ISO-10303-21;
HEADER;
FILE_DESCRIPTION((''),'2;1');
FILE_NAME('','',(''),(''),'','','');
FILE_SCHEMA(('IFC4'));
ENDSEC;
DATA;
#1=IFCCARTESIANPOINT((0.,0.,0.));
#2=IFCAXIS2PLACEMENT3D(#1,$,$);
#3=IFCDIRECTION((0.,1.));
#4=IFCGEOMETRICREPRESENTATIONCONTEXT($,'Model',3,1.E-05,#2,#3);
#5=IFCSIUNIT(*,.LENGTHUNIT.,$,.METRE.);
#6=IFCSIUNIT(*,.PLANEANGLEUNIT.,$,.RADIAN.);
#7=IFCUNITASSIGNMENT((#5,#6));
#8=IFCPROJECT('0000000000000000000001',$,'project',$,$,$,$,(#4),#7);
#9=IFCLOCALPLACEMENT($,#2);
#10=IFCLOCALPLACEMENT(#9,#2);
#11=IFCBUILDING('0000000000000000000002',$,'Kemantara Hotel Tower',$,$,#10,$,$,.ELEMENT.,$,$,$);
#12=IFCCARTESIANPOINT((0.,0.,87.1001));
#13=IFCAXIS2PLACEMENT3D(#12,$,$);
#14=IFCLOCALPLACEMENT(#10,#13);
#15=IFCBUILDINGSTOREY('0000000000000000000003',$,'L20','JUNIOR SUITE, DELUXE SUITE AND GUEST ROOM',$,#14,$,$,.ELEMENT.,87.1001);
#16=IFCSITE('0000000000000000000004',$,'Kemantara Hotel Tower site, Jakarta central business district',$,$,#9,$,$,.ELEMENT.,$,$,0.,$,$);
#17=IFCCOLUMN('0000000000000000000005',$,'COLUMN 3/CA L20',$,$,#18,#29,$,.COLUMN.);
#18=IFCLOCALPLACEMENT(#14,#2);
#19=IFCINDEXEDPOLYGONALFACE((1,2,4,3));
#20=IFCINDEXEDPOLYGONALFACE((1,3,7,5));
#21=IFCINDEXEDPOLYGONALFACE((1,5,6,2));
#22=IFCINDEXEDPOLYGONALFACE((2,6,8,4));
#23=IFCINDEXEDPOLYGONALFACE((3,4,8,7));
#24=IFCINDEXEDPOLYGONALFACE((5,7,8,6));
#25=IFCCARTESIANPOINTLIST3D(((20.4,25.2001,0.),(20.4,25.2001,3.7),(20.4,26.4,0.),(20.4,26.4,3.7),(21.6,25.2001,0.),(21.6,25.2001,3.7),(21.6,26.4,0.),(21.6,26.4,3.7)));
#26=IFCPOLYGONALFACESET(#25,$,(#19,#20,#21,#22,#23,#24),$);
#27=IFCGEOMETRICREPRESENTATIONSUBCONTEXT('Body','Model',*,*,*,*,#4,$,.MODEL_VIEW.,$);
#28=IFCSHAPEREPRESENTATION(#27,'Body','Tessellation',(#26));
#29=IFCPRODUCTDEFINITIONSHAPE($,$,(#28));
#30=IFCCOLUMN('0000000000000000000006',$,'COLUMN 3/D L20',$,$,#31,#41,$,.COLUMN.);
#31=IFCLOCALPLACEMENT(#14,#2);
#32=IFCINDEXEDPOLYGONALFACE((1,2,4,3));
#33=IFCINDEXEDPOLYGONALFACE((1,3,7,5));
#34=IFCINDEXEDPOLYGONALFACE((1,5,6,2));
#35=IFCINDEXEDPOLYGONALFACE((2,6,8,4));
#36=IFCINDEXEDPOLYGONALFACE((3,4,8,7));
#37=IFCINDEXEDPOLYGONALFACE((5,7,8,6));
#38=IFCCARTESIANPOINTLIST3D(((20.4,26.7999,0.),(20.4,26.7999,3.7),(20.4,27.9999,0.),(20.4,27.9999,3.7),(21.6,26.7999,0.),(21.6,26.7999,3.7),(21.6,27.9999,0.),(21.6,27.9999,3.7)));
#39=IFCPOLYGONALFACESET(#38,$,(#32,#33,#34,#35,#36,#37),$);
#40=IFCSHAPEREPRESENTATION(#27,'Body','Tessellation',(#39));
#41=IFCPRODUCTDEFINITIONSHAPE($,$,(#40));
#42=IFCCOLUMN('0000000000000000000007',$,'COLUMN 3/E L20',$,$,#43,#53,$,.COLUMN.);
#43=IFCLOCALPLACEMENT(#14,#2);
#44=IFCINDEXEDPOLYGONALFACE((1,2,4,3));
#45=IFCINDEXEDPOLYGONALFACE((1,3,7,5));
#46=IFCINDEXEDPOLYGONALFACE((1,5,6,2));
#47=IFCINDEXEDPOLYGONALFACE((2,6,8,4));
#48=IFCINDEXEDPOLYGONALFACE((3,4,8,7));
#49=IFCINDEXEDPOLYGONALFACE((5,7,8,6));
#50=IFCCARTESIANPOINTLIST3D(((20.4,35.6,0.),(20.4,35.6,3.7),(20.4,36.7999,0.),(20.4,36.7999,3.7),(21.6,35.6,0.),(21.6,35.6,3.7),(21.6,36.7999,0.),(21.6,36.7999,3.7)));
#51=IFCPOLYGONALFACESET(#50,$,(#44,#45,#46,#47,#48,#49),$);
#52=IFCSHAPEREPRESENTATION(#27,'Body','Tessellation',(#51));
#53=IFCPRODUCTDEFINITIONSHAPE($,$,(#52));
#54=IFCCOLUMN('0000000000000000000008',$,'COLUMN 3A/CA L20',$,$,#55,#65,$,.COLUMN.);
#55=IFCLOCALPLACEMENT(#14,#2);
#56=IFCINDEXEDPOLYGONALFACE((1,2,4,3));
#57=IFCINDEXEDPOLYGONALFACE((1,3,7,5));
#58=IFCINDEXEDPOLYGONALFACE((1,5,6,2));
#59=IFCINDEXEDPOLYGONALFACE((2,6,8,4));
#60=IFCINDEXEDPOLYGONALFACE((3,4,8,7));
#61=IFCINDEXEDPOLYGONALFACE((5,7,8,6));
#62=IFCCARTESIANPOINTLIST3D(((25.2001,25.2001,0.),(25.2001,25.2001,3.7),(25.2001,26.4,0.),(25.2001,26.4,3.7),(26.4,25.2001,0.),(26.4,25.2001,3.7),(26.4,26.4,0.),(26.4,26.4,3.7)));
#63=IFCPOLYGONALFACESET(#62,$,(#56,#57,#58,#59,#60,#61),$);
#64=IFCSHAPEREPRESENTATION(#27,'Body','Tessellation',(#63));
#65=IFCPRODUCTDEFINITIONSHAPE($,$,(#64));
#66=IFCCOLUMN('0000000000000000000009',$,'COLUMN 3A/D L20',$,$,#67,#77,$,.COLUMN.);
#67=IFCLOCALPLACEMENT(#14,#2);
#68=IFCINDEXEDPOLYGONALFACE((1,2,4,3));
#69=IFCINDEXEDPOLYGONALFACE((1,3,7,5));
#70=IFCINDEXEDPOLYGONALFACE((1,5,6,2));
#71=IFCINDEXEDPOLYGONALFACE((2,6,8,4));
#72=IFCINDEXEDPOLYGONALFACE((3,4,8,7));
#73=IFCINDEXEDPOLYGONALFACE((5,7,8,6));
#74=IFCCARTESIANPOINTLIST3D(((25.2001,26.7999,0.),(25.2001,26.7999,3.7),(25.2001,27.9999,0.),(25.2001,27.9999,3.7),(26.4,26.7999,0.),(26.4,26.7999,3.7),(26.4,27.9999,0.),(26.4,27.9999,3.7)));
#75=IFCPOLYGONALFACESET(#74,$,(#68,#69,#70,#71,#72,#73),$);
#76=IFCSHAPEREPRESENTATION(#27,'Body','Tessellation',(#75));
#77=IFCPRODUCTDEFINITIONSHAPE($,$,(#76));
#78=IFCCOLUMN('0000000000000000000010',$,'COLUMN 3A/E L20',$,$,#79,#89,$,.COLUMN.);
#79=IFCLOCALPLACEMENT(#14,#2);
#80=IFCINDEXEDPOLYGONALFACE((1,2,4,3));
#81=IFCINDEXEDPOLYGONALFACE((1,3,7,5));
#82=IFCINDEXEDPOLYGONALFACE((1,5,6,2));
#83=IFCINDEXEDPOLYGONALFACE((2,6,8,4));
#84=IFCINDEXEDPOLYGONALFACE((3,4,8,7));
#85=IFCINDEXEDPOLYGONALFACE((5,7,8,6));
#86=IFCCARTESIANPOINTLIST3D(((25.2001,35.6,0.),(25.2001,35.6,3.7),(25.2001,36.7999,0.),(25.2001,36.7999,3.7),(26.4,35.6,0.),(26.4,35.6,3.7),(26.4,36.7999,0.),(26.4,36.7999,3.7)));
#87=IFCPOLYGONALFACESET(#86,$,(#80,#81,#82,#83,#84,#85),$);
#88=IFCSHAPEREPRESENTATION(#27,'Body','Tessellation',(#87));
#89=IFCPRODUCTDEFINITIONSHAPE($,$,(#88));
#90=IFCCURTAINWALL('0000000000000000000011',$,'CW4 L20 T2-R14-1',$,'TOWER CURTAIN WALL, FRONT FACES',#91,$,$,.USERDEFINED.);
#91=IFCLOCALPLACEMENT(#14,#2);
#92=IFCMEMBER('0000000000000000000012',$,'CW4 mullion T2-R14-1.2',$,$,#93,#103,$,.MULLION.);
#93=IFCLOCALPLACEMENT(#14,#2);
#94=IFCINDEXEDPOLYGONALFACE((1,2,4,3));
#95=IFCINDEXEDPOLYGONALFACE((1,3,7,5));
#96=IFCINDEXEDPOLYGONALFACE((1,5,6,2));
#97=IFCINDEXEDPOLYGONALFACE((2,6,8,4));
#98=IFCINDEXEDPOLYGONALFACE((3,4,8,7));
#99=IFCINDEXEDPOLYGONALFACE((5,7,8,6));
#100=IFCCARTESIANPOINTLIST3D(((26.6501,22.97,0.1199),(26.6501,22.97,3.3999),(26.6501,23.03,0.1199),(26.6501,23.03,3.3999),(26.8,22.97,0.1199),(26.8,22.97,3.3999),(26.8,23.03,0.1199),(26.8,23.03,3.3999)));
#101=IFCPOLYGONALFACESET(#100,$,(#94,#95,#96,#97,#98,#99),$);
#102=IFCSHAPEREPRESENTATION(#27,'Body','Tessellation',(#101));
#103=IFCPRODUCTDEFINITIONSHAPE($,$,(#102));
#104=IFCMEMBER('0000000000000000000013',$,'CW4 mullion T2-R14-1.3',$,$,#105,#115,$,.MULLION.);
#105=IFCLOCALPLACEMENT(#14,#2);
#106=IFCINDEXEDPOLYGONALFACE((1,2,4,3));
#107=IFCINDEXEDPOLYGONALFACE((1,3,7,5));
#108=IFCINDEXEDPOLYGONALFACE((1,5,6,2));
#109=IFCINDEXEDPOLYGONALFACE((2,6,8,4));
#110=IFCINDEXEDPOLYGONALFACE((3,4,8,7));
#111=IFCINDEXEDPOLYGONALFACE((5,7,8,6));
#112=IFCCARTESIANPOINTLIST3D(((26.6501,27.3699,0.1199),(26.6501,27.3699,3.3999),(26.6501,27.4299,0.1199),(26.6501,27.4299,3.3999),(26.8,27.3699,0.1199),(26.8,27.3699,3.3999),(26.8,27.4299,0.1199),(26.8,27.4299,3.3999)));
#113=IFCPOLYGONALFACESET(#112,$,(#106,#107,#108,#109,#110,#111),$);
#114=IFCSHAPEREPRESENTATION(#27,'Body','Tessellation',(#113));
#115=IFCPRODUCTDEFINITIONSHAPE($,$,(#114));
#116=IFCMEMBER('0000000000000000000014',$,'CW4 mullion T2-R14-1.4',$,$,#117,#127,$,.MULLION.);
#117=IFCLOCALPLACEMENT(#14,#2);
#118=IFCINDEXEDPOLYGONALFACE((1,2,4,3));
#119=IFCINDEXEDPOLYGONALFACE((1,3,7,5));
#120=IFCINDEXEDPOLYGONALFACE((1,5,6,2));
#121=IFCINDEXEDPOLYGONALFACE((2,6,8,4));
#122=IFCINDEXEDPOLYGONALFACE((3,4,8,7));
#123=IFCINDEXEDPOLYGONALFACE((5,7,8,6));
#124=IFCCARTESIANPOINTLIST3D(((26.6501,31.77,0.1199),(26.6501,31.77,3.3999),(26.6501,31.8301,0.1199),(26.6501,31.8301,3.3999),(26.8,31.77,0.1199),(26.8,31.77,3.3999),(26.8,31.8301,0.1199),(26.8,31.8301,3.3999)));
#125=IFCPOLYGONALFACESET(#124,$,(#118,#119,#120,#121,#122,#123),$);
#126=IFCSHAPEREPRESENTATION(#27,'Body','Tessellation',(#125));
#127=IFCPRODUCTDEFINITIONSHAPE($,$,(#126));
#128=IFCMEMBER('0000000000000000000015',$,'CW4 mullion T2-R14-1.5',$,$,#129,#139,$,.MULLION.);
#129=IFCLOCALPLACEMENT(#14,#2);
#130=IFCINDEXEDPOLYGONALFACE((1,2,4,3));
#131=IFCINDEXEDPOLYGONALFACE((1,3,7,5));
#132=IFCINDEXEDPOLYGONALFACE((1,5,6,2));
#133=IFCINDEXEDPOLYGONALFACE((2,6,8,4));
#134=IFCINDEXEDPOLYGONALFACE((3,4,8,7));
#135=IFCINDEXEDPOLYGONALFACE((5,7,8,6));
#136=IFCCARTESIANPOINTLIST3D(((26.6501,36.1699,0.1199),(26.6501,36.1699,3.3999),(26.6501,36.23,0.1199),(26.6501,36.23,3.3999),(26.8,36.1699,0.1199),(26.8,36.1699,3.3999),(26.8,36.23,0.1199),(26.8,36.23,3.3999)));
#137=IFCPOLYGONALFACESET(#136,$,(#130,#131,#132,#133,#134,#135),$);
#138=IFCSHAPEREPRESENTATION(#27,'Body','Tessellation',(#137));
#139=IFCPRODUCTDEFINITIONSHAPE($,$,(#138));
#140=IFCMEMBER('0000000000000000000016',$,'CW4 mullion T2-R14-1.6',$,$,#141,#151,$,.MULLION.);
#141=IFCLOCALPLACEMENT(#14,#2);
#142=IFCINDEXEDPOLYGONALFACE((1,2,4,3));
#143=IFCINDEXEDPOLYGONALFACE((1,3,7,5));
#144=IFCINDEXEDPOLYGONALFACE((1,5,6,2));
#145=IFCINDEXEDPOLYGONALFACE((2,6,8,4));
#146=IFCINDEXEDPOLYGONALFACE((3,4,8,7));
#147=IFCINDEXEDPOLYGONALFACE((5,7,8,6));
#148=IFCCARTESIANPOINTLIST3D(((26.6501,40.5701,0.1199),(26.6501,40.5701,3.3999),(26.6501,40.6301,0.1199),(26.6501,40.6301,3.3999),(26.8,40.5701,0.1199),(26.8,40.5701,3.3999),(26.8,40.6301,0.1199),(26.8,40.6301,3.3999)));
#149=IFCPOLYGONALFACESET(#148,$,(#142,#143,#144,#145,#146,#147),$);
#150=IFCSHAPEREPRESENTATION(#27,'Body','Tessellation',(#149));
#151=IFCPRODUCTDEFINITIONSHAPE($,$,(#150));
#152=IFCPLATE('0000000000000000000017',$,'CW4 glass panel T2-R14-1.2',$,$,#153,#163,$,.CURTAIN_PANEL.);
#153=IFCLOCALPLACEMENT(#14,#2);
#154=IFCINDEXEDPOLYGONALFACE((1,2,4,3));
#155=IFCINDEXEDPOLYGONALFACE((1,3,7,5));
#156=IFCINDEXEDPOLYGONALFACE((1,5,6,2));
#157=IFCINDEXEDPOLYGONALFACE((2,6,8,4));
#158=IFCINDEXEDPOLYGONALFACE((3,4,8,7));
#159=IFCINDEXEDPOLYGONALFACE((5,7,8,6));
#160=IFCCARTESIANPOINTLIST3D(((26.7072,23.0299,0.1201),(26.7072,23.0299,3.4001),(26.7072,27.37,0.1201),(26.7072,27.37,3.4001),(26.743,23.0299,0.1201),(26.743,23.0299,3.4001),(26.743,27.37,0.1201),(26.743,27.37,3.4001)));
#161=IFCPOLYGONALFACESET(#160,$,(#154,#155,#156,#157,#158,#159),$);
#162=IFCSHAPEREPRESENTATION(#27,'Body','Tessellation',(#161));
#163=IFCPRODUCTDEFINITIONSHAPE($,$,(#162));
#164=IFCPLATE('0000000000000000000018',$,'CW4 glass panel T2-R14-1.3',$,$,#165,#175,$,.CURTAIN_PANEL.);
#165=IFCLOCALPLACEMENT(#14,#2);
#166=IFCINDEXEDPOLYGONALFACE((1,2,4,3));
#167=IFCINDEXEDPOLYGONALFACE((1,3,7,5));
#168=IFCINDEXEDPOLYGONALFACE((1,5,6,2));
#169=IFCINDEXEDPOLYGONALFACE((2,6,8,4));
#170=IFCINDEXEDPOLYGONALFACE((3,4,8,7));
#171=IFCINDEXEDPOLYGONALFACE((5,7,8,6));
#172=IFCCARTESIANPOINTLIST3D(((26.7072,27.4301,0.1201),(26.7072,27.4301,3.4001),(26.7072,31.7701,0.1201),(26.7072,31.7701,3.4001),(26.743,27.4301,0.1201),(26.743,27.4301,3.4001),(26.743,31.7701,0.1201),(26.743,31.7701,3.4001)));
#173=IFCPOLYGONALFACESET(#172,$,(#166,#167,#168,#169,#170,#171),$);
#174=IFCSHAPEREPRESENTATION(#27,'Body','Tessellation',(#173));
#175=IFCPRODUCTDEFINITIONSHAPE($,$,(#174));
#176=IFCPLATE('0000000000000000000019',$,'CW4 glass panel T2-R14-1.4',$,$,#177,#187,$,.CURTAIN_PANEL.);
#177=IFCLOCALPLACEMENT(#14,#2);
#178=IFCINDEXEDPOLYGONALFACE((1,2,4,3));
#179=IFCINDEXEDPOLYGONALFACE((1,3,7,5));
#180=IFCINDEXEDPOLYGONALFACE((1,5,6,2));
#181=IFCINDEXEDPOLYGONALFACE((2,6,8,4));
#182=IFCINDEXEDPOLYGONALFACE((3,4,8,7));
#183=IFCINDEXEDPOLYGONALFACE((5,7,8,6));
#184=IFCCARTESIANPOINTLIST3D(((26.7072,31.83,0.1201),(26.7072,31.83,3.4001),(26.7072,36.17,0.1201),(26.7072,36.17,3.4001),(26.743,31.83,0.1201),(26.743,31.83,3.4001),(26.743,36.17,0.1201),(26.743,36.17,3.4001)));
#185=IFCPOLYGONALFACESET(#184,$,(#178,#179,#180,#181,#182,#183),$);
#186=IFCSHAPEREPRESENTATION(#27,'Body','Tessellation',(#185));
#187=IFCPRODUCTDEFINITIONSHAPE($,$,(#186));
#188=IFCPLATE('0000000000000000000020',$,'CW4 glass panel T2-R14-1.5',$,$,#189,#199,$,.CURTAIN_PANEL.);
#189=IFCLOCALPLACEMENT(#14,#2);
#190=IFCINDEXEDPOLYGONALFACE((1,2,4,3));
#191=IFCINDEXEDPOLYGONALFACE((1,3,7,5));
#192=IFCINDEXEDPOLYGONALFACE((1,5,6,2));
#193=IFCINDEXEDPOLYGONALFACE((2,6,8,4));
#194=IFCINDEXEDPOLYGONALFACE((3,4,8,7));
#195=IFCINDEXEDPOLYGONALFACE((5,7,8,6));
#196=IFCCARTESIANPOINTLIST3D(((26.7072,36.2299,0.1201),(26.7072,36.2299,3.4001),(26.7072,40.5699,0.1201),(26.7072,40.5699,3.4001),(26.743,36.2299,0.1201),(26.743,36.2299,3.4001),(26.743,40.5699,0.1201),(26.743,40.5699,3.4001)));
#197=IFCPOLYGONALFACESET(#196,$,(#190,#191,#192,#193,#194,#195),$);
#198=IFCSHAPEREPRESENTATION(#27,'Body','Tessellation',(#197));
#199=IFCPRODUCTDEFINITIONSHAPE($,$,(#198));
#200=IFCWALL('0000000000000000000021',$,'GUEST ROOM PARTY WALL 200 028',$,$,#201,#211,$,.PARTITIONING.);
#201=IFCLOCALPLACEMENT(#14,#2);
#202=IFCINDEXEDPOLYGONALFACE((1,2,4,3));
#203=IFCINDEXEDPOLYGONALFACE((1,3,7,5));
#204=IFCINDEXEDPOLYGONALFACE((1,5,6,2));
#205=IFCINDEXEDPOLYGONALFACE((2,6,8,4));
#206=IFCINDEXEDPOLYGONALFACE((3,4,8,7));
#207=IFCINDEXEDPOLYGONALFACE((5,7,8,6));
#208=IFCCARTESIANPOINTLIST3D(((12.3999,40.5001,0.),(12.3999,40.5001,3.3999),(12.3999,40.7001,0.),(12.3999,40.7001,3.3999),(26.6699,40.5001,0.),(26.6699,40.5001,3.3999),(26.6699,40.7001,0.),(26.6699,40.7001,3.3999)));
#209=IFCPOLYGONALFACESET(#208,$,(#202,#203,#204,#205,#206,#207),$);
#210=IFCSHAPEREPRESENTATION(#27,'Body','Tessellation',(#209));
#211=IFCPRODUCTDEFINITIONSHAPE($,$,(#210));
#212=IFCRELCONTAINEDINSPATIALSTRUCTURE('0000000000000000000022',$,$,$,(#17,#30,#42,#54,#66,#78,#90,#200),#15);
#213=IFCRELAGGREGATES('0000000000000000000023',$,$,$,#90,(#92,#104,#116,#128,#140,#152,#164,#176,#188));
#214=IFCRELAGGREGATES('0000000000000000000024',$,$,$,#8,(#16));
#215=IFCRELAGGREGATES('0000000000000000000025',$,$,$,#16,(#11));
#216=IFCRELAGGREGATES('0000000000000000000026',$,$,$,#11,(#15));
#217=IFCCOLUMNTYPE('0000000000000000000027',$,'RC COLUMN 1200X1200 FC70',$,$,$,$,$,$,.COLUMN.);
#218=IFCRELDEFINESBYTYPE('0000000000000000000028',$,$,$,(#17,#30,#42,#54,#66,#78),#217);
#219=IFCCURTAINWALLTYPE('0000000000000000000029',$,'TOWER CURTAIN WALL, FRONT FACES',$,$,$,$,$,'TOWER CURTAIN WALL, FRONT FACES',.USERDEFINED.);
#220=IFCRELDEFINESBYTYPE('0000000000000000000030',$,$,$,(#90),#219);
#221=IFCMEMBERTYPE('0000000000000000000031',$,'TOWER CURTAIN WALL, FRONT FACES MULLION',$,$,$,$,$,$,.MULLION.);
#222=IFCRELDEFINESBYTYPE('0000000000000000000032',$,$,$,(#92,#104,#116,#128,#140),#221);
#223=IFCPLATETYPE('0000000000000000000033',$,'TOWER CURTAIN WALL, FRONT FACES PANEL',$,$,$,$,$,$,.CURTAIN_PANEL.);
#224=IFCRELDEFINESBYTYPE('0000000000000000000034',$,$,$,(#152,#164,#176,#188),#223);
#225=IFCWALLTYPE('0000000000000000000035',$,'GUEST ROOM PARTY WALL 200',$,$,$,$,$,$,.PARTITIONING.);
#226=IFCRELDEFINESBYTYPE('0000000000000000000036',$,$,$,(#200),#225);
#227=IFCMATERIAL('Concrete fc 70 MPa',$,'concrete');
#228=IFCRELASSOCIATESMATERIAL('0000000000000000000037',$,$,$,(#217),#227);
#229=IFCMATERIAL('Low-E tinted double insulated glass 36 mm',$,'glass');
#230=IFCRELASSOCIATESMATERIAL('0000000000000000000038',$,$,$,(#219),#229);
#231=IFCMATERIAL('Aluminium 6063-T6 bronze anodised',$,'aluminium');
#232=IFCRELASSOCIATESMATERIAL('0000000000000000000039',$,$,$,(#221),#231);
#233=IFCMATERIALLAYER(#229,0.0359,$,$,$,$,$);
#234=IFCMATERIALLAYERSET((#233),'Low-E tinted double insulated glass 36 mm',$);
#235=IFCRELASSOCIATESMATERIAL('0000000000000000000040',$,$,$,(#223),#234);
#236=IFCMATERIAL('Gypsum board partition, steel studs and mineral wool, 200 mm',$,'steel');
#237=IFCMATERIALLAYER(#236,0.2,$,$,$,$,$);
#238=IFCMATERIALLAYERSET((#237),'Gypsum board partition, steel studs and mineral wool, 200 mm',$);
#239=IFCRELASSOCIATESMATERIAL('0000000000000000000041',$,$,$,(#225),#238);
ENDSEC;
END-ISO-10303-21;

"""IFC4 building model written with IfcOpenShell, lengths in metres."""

from ifc_helpers import new_model, si_unit, direction, frame, frame_2d, origin, origin_2d, place, context, subcontext, project, spatial, rectangle, extrude, source, transform, mapped, material, layer, layer_set, material_profile, profile_set, type_object, element, aggregate, save


model = new_model("IFC4")

# Units and contexts
model_context = context("Model", 3, precision=1e-05, world=origin(), true_north=direction((0.0, 1.0)))
body_context = subcontext(model_context, "Body", "Model", "MODEL_VIEW")
ifc_project = project(units=[si_unit("LENGTHUNIT", "METRE"), si_unit("PLANEANGLEUNIT", "RADIAN")], contexts=[model_context])

# Site, building, storey
site_placement = place(None, origin())
site = spatial("IfcSite", under=ifc_project, at=site_placement, Name="Kemantara Hotel Tower site, Jakarta central business district", CompositionType="ELEMENT", RefElevation=0.0)
building_placement = place(site_placement, origin())
building = spatial("IfcBuilding", under=site, at=building_placement, Name="Kemantara Hotel Tower", CompositionType="ELEMENT")
storey_placement = place(building_placement, frame((0.0, 0.0, 87.1001)))
storey = spatial("IfcBuildingStorey", under=building, at=storey_placement, Name="L20", Description="JUNIOR SUITE, DELUXE SUITE AND GUEST ROOM", CompositionType="ELEMENT", Elevation=87.1001)

# Columns
ifc_material_1 = material(Name="Concrete fc 70 MPa", Category="concrete")
ifc_material_profile_1 = material_profile(ifc_material_1, rectangle(XDim=1.2, YDim=1.2, at=origin_2d()), Name="RC 1200X1200")
ifc_profile_set_1 = profile_set([ifc_material_profile_1], Name="Concrete fc 70 MPa")
column_type = type_object("IfcColumnType", Name="RC COLUMN 1200X1200 FC70", PredefinedType="COLUMN", material=ifc_profile_set_1)
for number, where, z_axis, x_axis, name in (
    (1, (21.0, 25.8, 0.0), (0.0, 0.0, 1.0), (1.0, 0.0, 0.0), "COLUMN 3/CA L20"),
    (2, (21.0, 27.3999, 0.0), (0.0, 0.0, 1.0), (1.0, 0.0, 0.0), "COLUMN 3/D L20"),
    (3, (21.0, 36.2, 0.0), (0.0, 0.0, 1.0), (1.0, 0.0, 0.0), "COLUMN 3/E L20"),
    (4, (25.8, 25.8, 0.0), (0.0, 0.0, 1.0), (1.0, 0.0, 0.0), "COLUMN 3A/CA L20"),
    (5, (25.8, 27.3999, 0.0), (0.0, 0.0, 1.0), (1.0, 0.0, 0.0), "COLUMN 3A/D L20"),
    (6, (25.8, 36.2, 0.0), (0.0, 0.0, 1.0), (1.0, 0.0, 0.0), "COLUMN 3A/E L20"),
):
    element("IfcColumn", number, at=place(storey_placement, frame(where, z_axis=z_axis, x_axis=x_axis)), inside=storey, type_object=column_type, Name=name, PredefinedType="COLUMN", context=body_context, shape_type="SweptSolid", body=[
        extrude(rectangle(XDim=1.2, YDim=1.2, at=origin_2d()), origin(), (0.0, 0.0, 1.0), 3.7),
    ])

# Curtain wall, members, plates
ifc_material_2 = material(Name="Low-E tinted double insulated glass 36 mm", Category="glass")
curtain_wall_type = type_object("IfcCurtainWallType", Name="TOWER CURTAIN WALL, FRONT FACES", ElementType="TOWER CURTAIN WALL, FRONT FACES", PredefinedType="USERDEFINED", material=ifc_material_2)
curtain_wall_placement = place(storey_placement, origin())
curtain_wall = element("IfcCurtainWall", 7, at=curtain_wall_placement, inside=storey, type_object=curtain_wall_type, Name="CW4 L20 T2-R14-1", ObjectType="TOWER CURTAIN WALL, FRONT FACES", PredefinedType="USERDEFINED")
ifc_material_3 = material(Name="Aluminium 6063-T6 bronze anodised", Category="aluminium")
ifc_material_profile_2 = material_profile(ifc_material_3, rectangle(XDim=0.1499, YDim=0.0601, at=origin_2d()), Name="TOWER CURTAIN WALL, FRONT FACES MULLION")
ifc_profile_set_2 = profile_set([ifc_material_profile_2], Name="Aluminium 6063-T6 bronze anodised")
member_type = type_object("IfcMemberType", Name="TOWER CURTAIN WALL, FRONT FACES MULLION", PredefinedType="MULLION", material=ifc_profile_set_2)
shared_shape_1 = source(origin(), body_context, "Body", "SweptSolid", [
    extrude(rectangle(XDim=0.1499, YDim=0.0601, at=origin_2d()), origin(), (0.0, 0.0, 1.0), 3.28),
])
member_1_placement = place(storey_placement, frame((26.7251, 23.0, 0.1199), z_axis=(0.0, 0.0, 1.0), x_axis=(-1.0, 0.0, 0.0)))
member_1 = element("IfcMember", 8, at=member_1_placement, type_object=member_type, Name="CW4 mullion T2-R14-1.2", PredefinedType="MULLION", context=body_context, shape_type="MappedRepresentation", body=[
    mapped(shared_shape_1, transform((0.0, 0.0, 0.0))),
])
member_2_placement = place(storey_placement, frame((26.7251, 27.3999, 0.1199), z_axis=(0.0, 0.0, 1.0), x_axis=(-1.0, 0.0, 0.0)))
member_2 = element("IfcMember", 9, at=member_2_placement, type_object=member_type, Name="CW4 mullion T2-R14-1.3", PredefinedType="MULLION", context=body_context, shape_type="MappedRepresentation", body=[
    mapped(shared_shape_1, transform((0.0, 0.0, 0.0))),
])
member_3_placement = place(storey_placement, frame((26.7251, 31.8, 0.1199), z_axis=(0.0, 0.0, 1.0), x_axis=(-1.0, 0.0, 0.0)))
member_3 = element("IfcMember", 10, at=member_3_placement, type_object=member_type, Name="CW4 mullion T2-R14-1.4", PredefinedType="MULLION", context=body_context, shape_type="MappedRepresentation", body=[
    mapped(shared_shape_1, transform((0.0, 0.0, 0.0))),
])
member_4_placement = place(storey_placement, frame((26.7251, 36.2, 0.1199), z_axis=(0.0, 0.0, 1.0), x_axis=(-1.0, 0.0, 0.0)))
member_4 = element("IfcMember", 11, at=member_4_placement, type_object=member_type, Name="CW4 mullion T2-R14-1.5", PredefinedType="MULLION", context=body_context, shape_type="MappedRepresentation", body=[
    mapped(shared_shape_1, transform((0.0, 0.0, 0.0))),
])
member_5_placement = place(storey_placement, frame((26.7251, 40.6001, 0.1199), z_axis=(0.0, 0.0, 1.0), x_axis=(-1.0, 0.0, 0.0)))
member_5 = element("IfcMember", 12, at=member_5_placement, type_object=member_type, Name="CW4 mullion T2-R14-1.6", PredefinedType="MULLION", context=body_context, shape_type="MappedRepresentation", body=[
    mapped(shared_shape_1, transform((0.0, 0.0, 0.0))),
])
ifc_layer_1 = layer(ifc_material_2, 0.0359)
ifc_layer_set_1 = layer_set([ifc_layer_1], Name="Low-E tinted double insulated glass 36 mm")
plate_type = type_object("IfcPlateType", Name="TOWER CURTAIN WALL, FRONT FACES PANEL", PredefinedType="CURTAIN_PANEL", material=ifc_layer_set_1)
shared_shape_2 = source(origin(), body_context, "Body", "SweptSolid", [
    extrude(rectangle(XDim=4.3401, YDim=0.0359, at=origin_2d()), origin(), (0.0, 0.0, 1.0), 3.28),
])
plate_1_placement = place(storey_placement, frame((26.7251, 25.2, 0.1201), z_axis=(0.0, 0.0, 1.0), x_axis=(0.0, 1.0, 0.0)))
plate_1 = element("IfcPlate", 13, at=plate_1_placement, type_object=plate_type, Name="CW4 glass panel T2-R14-1.2", PredefinedType="CURTAIN_PANEL", context=body_context, shape_type="MappedRepresentation", body=[
    mapped(shared_shape_2, transform((0.0, 0.0, 0.0))),
])
plate_2_placement = place(storey_placement, frame((26.7251, 29.6001, 0.1201), z_axis=(0.0, 0.0, 1.0), x_axis=(0.0, 1.0, 0.0)))
plate_2 = element("IfcPlate", 14, at=plate_2_placement, type_object=plate_type, Name="CW4 glass panel T2-R14-1.3", PredefinedType="CURTAIN_PANEL", context=body_context, shape_type="MappedRepresentation", body=[
    mapped(shared_shape_2, transform((0.0, 0.0, 0.0))),
])
plate_3_placement = place(storey_placement, frame((26.7251, 34.0, 0.1201), z_axis=(0.0, 0.0, 1.0), x_axis=(0.0, 1.0, 0.0)))
plate_3 = element("IfcPlate", 15, at=plate_3_placement, type_object=plate_type, Name="CW4 glass panel T2-R14-1.4", PredefinedType="CURTAIN_PANEL", context=body_context, shape_type="MappedRepresentation", body=[
    mapped(shared_shape_2, transform((0.0, 0.0, 0.0))),
])
plate_4_placement = place(storey_placement, frame((26.7251, 38.3999, 0.1201), z_axis=(0.0, 0.0, 1.0), x_axis=(0.0, 1.0, 0.0)))
plate_4 = element("IfcPlate", 16, at=plate_4_placement, type_object=plate_type, Name="CW4 glass panel T2-R14-1.5", PredefinedType="CURTAIN_PANEL", context=body_context, shape_type="MappedRepresentation", body=[
    mapped(shared_shape_2, transform((0.0, 0.0, 0.0))),
])
aggregate(curtain_wall, [member_1, member_2, member_3, member_4, member_5, plate_1, plate_2, plate_3, plate_4])

# Wall
ifc_material_4 = material(Name="Gypsum board partition, steel studs and mineral wool, 200 mm", Category="steel")
ifc_layer_2 = layer(ifc_material_4, 0.2)
ifc_layer_set_2 = layer_set([ifc_layer_2], Name="Gypsum board partition, steel studs and mineral wool, 200 mm")
wall_type_1 = type_object("IfcWallType", Name="GUEST ROOM PARTY WALL 200", PredefinedType="PARTITIONING", material=ifc_layer_set_2)
wall_1_placement = place(storey_placement, frame((12.3999, 40.6001, 0.0), z_axis=(0.0, 0.0, 1.0), x_axis=(1.0, 0.0, 0.0)))
element("IfcWall", 17, at=wall_1_placement, inside=storey, type_object=wall_type_1, Name="GUEST ROOM PARTY WALL 200 028", PredefinedType="PARTITIONING", context=body_context, shape_type="SweptSolid", body=[
    extrude(rectangle(XDim=14.27, YDim=0.2, at=frame_2d((7.135, 0.0))), origin(), (0.0, 0.0, 1.0), 3.3999),
])

save(model, "model.ifc")
